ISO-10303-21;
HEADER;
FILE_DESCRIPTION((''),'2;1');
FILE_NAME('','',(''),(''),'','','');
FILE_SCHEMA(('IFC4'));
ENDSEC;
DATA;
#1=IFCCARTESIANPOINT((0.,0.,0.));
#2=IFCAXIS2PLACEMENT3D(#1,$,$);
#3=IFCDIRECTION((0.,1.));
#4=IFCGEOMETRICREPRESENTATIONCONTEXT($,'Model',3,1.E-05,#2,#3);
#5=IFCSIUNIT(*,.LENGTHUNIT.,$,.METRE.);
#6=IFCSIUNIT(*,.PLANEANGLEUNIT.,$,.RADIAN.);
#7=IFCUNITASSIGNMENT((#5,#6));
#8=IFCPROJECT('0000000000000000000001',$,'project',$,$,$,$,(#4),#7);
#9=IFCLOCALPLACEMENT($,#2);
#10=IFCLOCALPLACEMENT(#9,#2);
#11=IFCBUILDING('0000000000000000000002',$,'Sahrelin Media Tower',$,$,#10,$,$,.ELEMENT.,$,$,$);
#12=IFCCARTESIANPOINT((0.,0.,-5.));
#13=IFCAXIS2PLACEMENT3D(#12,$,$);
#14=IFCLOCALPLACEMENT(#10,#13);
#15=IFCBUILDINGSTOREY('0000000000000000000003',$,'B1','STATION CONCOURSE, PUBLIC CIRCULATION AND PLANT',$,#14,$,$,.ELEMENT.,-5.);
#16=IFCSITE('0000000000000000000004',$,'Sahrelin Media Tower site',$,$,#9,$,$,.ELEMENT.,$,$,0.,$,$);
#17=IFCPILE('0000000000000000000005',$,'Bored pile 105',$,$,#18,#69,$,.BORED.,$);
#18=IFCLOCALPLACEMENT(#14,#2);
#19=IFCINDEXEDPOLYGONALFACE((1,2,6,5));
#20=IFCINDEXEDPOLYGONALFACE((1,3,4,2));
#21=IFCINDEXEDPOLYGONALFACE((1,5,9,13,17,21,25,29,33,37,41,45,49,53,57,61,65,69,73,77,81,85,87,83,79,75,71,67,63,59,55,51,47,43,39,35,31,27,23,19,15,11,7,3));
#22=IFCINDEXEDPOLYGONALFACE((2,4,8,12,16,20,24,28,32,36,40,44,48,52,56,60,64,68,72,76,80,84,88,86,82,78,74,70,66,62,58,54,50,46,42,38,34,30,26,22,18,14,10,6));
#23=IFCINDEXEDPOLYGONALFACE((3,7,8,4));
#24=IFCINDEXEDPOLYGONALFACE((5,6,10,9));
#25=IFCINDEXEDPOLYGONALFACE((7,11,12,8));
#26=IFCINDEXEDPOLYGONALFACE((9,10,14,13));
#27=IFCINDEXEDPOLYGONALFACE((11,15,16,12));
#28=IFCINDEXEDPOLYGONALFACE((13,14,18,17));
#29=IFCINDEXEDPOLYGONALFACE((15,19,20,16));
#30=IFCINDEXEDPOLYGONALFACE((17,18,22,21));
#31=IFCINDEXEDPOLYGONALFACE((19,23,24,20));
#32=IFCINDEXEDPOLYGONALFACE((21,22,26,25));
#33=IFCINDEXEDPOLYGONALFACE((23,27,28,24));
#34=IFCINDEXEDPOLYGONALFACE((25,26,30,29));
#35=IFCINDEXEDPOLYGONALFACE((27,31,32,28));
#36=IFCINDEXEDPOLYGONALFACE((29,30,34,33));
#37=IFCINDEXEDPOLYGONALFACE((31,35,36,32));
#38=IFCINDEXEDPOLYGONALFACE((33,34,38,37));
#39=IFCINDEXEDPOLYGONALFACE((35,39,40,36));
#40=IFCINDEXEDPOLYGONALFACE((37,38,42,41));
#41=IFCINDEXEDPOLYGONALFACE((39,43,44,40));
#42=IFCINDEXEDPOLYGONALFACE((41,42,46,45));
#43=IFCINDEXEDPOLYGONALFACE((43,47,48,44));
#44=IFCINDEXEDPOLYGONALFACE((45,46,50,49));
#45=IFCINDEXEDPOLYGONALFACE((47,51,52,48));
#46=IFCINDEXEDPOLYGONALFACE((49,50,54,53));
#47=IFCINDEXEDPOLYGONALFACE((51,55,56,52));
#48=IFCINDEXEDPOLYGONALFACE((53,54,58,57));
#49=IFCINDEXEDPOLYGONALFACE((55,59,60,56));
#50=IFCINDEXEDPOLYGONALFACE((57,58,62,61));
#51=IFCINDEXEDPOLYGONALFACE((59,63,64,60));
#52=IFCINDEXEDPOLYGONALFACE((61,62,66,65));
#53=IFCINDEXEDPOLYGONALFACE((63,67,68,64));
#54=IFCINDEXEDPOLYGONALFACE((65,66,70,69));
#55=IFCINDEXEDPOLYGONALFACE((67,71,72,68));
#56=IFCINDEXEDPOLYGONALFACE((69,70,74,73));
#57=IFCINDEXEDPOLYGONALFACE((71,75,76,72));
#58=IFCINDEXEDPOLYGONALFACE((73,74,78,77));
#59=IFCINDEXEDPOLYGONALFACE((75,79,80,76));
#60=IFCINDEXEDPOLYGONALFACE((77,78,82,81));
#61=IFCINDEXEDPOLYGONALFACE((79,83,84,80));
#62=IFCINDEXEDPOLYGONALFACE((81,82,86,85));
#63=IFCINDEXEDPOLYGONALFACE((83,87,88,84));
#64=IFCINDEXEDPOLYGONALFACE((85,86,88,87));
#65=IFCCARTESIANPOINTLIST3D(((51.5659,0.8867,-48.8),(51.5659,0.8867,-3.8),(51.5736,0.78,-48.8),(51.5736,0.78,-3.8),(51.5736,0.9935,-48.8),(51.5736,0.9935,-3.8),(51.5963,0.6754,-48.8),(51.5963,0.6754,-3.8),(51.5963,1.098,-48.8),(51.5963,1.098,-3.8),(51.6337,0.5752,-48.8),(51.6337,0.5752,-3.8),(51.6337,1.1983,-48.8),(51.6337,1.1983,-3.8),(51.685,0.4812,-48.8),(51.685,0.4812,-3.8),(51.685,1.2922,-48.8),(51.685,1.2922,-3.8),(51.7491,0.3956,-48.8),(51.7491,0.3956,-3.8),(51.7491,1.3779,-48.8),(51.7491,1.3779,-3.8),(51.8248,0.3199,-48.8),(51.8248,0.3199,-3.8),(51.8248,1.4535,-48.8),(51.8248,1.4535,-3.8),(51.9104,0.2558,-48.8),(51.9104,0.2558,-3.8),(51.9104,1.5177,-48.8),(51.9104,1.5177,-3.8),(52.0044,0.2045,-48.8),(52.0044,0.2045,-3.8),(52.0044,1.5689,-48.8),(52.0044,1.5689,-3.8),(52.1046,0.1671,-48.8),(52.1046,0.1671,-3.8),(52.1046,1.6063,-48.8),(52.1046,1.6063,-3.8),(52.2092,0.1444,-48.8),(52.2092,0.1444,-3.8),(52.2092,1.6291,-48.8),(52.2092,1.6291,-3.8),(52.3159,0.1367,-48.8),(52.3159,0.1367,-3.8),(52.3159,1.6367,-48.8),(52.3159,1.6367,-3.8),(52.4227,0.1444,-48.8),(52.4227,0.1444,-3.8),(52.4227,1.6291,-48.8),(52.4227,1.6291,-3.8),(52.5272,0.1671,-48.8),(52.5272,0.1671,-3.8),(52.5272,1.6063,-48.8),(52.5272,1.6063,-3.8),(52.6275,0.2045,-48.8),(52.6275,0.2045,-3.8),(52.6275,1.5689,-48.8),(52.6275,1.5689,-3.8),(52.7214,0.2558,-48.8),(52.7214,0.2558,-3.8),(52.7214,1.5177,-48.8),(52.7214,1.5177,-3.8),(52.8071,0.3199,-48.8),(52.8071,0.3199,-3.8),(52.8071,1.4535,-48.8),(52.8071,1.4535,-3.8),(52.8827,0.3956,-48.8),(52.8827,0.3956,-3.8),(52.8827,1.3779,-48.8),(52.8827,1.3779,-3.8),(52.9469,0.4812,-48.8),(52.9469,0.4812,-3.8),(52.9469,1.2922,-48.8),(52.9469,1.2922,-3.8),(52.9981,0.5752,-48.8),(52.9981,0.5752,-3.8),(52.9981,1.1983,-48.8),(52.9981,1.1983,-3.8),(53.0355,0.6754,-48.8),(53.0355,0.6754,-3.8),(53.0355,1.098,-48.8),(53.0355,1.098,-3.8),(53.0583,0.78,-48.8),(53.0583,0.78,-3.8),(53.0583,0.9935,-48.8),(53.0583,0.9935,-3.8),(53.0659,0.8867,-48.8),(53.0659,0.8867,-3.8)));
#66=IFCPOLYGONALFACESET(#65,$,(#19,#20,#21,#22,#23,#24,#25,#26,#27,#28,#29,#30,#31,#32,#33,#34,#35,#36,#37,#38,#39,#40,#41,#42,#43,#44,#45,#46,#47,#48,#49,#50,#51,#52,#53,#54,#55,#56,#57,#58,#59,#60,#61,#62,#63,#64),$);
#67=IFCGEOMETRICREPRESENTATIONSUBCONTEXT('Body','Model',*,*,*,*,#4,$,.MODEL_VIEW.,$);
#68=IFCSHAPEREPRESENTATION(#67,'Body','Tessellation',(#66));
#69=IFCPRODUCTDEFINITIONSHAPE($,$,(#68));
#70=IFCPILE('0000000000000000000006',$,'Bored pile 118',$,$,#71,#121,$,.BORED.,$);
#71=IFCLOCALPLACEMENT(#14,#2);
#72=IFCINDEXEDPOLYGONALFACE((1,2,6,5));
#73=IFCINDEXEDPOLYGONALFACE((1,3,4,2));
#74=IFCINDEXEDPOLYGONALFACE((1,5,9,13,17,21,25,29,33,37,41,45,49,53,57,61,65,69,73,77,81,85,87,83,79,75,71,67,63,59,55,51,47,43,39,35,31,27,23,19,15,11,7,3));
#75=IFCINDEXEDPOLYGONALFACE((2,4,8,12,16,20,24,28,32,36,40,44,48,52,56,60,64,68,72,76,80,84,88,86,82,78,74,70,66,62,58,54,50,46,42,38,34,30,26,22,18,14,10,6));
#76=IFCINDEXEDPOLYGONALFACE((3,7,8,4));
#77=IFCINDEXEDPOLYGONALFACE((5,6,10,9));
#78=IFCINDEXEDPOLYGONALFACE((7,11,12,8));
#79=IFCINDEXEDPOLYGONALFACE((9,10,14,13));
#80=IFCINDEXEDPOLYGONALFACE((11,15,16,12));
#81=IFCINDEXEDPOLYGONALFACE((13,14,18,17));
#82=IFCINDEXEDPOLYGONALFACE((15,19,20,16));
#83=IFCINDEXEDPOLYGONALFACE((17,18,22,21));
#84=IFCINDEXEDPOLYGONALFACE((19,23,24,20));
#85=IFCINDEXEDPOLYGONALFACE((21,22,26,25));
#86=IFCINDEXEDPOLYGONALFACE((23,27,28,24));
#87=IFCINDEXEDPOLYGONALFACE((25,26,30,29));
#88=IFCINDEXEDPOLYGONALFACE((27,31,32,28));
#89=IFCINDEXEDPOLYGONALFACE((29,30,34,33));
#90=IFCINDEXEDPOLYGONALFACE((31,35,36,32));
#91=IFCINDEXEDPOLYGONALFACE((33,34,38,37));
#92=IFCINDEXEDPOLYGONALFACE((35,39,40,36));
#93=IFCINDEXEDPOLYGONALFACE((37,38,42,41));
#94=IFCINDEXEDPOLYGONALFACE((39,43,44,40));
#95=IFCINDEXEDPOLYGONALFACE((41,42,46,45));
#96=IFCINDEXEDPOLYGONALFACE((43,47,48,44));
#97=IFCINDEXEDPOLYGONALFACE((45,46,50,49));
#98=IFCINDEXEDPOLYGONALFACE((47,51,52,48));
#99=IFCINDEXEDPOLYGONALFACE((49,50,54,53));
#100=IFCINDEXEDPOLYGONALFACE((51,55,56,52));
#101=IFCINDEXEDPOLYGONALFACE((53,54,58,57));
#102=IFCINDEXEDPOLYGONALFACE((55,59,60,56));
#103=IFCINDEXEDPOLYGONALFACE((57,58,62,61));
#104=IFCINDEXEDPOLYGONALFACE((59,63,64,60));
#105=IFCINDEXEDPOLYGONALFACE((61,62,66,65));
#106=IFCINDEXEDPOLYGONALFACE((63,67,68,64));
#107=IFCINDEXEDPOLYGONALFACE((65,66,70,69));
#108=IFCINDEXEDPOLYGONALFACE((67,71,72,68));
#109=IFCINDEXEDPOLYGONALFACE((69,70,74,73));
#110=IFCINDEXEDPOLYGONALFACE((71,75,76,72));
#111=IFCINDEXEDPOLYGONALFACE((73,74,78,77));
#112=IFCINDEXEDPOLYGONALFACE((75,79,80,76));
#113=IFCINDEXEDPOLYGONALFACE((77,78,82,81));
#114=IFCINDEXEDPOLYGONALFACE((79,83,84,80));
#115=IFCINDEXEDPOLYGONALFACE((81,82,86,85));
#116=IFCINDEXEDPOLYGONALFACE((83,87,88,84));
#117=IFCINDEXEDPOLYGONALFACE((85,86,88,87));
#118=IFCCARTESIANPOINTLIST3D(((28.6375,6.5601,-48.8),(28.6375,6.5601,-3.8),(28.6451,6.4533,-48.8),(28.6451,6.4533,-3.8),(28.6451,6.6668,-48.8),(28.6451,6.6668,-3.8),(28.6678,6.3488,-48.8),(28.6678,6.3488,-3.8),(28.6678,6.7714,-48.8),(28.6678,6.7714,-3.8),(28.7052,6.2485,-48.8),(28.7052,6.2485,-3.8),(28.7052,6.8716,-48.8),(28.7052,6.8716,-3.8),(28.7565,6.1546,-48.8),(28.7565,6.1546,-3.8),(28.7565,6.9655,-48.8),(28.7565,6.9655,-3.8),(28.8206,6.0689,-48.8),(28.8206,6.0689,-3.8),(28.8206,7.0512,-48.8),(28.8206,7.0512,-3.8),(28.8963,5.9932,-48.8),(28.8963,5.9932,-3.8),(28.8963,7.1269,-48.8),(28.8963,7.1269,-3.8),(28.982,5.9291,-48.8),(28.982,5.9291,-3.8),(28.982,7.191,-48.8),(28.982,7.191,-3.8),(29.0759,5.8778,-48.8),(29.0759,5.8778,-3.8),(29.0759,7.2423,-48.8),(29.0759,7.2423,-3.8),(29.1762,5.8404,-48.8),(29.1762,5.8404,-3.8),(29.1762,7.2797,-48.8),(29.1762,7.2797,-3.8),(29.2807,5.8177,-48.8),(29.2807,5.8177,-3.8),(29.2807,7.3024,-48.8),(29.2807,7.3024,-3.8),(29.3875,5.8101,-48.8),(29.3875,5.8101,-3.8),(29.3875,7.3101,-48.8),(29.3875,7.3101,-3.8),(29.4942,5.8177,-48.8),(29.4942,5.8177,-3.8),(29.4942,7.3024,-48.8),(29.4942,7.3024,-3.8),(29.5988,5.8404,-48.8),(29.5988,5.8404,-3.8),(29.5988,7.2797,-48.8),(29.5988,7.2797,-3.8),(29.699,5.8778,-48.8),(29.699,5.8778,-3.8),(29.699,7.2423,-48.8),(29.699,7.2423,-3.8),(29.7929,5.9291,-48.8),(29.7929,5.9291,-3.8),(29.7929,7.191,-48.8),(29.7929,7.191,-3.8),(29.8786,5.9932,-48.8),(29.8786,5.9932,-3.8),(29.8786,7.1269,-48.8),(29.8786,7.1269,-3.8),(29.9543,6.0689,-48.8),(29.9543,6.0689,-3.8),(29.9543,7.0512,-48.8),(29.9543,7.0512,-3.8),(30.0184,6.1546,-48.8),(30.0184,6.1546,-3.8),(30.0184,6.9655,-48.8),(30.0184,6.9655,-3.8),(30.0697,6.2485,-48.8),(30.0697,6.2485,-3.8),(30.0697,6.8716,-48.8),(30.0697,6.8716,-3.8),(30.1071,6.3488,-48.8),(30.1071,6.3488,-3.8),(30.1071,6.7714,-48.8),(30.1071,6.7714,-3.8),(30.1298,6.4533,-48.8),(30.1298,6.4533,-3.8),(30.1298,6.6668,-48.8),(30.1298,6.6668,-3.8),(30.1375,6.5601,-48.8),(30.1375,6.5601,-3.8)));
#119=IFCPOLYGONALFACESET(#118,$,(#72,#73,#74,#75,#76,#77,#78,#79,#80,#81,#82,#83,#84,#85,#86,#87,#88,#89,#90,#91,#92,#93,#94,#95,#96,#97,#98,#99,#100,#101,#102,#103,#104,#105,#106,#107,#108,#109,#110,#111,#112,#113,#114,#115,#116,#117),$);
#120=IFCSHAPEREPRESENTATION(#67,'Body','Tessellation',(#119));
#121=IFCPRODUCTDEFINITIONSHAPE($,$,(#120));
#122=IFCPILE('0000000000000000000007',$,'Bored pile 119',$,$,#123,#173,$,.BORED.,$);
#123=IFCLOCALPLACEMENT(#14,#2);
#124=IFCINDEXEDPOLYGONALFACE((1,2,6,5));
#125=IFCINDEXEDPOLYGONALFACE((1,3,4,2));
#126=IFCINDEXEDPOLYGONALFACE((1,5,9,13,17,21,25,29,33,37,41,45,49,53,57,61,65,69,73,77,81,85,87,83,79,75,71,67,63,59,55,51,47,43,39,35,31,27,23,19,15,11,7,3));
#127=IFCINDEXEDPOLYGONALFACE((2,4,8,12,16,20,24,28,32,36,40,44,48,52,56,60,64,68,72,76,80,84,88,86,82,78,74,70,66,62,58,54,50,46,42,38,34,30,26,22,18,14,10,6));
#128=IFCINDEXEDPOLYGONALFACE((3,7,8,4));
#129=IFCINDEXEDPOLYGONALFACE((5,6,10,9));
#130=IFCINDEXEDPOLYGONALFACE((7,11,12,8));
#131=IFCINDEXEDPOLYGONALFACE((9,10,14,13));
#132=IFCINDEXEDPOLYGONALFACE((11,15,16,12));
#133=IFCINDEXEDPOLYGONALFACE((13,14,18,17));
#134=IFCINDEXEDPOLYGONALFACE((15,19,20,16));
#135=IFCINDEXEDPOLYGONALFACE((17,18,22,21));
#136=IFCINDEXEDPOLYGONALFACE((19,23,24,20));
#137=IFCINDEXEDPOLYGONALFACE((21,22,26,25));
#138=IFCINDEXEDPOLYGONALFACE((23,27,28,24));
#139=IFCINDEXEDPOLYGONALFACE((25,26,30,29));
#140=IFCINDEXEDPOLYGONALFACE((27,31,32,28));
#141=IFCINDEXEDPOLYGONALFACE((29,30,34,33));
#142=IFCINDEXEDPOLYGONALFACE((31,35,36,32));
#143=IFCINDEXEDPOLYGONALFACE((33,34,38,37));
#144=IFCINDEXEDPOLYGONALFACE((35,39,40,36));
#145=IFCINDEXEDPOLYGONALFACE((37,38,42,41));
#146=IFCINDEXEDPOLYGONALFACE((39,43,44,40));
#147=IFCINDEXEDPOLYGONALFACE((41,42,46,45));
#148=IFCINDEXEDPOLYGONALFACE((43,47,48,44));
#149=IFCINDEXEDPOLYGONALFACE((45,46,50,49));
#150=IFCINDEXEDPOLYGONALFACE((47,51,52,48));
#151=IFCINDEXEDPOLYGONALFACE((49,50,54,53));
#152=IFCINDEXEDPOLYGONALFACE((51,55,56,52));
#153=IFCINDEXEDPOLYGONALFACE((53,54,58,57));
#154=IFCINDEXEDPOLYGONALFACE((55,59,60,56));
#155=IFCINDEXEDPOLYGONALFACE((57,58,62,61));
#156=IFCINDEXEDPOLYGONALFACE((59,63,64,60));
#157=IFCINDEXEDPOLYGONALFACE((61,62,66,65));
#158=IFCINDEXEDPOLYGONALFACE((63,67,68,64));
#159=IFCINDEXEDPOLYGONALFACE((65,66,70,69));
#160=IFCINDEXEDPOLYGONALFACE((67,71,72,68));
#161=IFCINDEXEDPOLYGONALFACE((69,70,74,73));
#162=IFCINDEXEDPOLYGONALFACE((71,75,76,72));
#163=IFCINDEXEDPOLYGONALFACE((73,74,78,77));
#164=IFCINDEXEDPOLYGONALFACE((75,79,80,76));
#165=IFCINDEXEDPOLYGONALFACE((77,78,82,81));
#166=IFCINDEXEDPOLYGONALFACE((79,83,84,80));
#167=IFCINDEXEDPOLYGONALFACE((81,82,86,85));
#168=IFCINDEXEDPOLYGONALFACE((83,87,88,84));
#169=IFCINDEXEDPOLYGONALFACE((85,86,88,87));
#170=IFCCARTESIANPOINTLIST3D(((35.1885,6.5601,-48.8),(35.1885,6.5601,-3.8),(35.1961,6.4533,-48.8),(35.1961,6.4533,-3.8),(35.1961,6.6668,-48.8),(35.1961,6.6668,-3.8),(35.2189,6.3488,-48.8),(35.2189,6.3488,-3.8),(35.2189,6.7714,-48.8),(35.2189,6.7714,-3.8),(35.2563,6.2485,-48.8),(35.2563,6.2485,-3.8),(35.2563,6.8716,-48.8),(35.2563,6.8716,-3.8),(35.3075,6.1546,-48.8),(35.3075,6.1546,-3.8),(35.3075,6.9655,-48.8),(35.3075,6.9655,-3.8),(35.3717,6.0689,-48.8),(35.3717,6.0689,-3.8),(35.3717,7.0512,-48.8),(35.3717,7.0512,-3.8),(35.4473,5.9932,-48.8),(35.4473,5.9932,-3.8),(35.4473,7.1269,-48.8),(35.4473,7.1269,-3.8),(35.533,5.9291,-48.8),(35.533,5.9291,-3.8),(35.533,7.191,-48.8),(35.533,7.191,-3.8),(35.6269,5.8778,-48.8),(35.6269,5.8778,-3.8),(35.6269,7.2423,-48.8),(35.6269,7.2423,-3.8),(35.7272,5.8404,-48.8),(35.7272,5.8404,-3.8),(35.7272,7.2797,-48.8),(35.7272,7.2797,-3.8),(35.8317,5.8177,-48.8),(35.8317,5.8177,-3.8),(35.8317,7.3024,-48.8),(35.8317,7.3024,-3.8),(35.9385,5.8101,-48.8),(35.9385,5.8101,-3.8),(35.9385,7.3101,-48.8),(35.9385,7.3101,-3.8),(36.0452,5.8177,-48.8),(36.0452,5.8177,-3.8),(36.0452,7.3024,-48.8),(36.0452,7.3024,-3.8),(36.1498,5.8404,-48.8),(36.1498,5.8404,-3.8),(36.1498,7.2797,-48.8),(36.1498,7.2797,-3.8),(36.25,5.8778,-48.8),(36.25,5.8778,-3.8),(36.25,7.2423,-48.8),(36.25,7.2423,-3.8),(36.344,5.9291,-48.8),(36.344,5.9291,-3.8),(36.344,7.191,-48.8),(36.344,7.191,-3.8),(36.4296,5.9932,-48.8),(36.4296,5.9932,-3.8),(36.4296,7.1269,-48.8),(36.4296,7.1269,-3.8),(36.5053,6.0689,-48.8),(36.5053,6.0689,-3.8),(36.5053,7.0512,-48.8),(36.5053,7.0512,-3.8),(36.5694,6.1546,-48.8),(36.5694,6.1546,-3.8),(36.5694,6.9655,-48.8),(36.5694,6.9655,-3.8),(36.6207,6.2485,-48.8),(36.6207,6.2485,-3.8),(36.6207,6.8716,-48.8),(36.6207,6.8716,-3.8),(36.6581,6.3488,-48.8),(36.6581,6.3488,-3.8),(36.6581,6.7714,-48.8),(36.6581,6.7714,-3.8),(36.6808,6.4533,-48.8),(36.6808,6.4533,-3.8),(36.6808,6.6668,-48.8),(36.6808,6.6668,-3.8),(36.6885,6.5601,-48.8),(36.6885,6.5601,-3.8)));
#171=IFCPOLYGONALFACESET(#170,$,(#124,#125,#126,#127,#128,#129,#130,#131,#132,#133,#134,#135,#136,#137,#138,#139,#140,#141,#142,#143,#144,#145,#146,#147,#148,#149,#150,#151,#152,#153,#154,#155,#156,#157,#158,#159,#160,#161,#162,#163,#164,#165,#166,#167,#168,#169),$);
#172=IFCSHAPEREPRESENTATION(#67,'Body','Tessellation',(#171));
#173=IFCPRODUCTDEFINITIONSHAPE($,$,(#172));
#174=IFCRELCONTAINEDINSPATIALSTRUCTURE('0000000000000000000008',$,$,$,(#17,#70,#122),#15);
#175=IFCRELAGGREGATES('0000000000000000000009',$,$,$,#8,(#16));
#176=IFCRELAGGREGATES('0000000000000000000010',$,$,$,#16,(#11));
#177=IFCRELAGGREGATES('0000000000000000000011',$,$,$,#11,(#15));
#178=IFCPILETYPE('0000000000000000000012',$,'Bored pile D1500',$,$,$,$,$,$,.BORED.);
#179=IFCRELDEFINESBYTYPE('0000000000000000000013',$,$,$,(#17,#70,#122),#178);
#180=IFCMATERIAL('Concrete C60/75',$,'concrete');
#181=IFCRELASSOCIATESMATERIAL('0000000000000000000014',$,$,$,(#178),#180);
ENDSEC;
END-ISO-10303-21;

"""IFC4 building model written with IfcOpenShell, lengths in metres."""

from ifc_helpers import new_model, si_unit, direction, frame, origin, origin_2d, place, context, subcontext, project, spatial, circle, extrude, material, material_profile, profile_set, type_object, element, save


model = new_model("IFC4")

# Units and contexts
model_context = context("Model", 3, precision=1e-05, world=origin(), true_north=direction((0.0, 1.0)))
body_context = subcontext(model_context, "Body", "Model", "MODEL_VIEW")
ifc_project = project(units=[si_unit("LENGTHUNIT", "METRE"), si_unit("PLANEANGLEUNIT", "RADIAN")], contexts=[model_context])

# Site, building, storey
site_placement = place(None, origin())
site = spatial("IfcSite", under=ifc_project, at=site_placement, Name="Sahrelin Media Tower site", CompositionType="ELEMENT", RefElevation=0.0)
building_placement = place(site_placement, origin())
building = spatial("IfcBuilding", under=site, at=building_placement, Name="Sahrelin Media Tower", CompositionType="ELEMENT")
storey_placement = place(building_placement, frame((0.0, 0.0, -5.0)))
storey = spatial("IfcBuildingStorey", under=building, at=storey_placement, Name="B1", Description="STATION CONCOURSE, PUBLIC CIRCULATION AND PLANT", CompositionType="ELEMENT", Elevation=-5.0)

# Piles
ifc_material_1 = material(Name="Concrete C60/75", Category="concrete")
ifc_material_profile_1 = material_profile(ifc_material_1, circle(Radius=0.75, at=origin_2d()), Name="Bored pile D1500")
ifc_profile_set_1 = profile_set([ifc_material_profile_1], Name="Concrete C60/75")
pile_type = type_object("IfcPileType", Name="Bored pile D1500", PredefinedType="BORED", material=ifc_profile_set_1)
for number, where, z_axis, x_axis, name in (
    (1, (52.3159, 0.8867, -3.8), (0.0, 0.0, -1.0), (1.0, 0.0, 0.0), "Bored pile 105"),
    (2, (29.3875, 6.5601, -3.8), (0.0, 0.0, -1.0), (1.0, 0.0, 0.0), "Bored pile 118"),
    (3, (35.9385, 6.5601, -3.8), (0.0, 0.0, -1.0), (1.0, 0.0, 0.0), "Bored pile 119"),
):
    element("IfcPile", number, at=place(storey_placement, frame(where, z_axis=z_axis, x_axis=x_axis)), inside=storey, type_object=pile_type, Name=name, PredefinedType="BORED", context=body_context, shape_type="SweptSolid", body=[
        extrude(circle(Radius=0.75, at=origin_2d()), origin(), (0.0, 0.0, 1.0), 45.0),
    ])

save(model, "model.ifc")
